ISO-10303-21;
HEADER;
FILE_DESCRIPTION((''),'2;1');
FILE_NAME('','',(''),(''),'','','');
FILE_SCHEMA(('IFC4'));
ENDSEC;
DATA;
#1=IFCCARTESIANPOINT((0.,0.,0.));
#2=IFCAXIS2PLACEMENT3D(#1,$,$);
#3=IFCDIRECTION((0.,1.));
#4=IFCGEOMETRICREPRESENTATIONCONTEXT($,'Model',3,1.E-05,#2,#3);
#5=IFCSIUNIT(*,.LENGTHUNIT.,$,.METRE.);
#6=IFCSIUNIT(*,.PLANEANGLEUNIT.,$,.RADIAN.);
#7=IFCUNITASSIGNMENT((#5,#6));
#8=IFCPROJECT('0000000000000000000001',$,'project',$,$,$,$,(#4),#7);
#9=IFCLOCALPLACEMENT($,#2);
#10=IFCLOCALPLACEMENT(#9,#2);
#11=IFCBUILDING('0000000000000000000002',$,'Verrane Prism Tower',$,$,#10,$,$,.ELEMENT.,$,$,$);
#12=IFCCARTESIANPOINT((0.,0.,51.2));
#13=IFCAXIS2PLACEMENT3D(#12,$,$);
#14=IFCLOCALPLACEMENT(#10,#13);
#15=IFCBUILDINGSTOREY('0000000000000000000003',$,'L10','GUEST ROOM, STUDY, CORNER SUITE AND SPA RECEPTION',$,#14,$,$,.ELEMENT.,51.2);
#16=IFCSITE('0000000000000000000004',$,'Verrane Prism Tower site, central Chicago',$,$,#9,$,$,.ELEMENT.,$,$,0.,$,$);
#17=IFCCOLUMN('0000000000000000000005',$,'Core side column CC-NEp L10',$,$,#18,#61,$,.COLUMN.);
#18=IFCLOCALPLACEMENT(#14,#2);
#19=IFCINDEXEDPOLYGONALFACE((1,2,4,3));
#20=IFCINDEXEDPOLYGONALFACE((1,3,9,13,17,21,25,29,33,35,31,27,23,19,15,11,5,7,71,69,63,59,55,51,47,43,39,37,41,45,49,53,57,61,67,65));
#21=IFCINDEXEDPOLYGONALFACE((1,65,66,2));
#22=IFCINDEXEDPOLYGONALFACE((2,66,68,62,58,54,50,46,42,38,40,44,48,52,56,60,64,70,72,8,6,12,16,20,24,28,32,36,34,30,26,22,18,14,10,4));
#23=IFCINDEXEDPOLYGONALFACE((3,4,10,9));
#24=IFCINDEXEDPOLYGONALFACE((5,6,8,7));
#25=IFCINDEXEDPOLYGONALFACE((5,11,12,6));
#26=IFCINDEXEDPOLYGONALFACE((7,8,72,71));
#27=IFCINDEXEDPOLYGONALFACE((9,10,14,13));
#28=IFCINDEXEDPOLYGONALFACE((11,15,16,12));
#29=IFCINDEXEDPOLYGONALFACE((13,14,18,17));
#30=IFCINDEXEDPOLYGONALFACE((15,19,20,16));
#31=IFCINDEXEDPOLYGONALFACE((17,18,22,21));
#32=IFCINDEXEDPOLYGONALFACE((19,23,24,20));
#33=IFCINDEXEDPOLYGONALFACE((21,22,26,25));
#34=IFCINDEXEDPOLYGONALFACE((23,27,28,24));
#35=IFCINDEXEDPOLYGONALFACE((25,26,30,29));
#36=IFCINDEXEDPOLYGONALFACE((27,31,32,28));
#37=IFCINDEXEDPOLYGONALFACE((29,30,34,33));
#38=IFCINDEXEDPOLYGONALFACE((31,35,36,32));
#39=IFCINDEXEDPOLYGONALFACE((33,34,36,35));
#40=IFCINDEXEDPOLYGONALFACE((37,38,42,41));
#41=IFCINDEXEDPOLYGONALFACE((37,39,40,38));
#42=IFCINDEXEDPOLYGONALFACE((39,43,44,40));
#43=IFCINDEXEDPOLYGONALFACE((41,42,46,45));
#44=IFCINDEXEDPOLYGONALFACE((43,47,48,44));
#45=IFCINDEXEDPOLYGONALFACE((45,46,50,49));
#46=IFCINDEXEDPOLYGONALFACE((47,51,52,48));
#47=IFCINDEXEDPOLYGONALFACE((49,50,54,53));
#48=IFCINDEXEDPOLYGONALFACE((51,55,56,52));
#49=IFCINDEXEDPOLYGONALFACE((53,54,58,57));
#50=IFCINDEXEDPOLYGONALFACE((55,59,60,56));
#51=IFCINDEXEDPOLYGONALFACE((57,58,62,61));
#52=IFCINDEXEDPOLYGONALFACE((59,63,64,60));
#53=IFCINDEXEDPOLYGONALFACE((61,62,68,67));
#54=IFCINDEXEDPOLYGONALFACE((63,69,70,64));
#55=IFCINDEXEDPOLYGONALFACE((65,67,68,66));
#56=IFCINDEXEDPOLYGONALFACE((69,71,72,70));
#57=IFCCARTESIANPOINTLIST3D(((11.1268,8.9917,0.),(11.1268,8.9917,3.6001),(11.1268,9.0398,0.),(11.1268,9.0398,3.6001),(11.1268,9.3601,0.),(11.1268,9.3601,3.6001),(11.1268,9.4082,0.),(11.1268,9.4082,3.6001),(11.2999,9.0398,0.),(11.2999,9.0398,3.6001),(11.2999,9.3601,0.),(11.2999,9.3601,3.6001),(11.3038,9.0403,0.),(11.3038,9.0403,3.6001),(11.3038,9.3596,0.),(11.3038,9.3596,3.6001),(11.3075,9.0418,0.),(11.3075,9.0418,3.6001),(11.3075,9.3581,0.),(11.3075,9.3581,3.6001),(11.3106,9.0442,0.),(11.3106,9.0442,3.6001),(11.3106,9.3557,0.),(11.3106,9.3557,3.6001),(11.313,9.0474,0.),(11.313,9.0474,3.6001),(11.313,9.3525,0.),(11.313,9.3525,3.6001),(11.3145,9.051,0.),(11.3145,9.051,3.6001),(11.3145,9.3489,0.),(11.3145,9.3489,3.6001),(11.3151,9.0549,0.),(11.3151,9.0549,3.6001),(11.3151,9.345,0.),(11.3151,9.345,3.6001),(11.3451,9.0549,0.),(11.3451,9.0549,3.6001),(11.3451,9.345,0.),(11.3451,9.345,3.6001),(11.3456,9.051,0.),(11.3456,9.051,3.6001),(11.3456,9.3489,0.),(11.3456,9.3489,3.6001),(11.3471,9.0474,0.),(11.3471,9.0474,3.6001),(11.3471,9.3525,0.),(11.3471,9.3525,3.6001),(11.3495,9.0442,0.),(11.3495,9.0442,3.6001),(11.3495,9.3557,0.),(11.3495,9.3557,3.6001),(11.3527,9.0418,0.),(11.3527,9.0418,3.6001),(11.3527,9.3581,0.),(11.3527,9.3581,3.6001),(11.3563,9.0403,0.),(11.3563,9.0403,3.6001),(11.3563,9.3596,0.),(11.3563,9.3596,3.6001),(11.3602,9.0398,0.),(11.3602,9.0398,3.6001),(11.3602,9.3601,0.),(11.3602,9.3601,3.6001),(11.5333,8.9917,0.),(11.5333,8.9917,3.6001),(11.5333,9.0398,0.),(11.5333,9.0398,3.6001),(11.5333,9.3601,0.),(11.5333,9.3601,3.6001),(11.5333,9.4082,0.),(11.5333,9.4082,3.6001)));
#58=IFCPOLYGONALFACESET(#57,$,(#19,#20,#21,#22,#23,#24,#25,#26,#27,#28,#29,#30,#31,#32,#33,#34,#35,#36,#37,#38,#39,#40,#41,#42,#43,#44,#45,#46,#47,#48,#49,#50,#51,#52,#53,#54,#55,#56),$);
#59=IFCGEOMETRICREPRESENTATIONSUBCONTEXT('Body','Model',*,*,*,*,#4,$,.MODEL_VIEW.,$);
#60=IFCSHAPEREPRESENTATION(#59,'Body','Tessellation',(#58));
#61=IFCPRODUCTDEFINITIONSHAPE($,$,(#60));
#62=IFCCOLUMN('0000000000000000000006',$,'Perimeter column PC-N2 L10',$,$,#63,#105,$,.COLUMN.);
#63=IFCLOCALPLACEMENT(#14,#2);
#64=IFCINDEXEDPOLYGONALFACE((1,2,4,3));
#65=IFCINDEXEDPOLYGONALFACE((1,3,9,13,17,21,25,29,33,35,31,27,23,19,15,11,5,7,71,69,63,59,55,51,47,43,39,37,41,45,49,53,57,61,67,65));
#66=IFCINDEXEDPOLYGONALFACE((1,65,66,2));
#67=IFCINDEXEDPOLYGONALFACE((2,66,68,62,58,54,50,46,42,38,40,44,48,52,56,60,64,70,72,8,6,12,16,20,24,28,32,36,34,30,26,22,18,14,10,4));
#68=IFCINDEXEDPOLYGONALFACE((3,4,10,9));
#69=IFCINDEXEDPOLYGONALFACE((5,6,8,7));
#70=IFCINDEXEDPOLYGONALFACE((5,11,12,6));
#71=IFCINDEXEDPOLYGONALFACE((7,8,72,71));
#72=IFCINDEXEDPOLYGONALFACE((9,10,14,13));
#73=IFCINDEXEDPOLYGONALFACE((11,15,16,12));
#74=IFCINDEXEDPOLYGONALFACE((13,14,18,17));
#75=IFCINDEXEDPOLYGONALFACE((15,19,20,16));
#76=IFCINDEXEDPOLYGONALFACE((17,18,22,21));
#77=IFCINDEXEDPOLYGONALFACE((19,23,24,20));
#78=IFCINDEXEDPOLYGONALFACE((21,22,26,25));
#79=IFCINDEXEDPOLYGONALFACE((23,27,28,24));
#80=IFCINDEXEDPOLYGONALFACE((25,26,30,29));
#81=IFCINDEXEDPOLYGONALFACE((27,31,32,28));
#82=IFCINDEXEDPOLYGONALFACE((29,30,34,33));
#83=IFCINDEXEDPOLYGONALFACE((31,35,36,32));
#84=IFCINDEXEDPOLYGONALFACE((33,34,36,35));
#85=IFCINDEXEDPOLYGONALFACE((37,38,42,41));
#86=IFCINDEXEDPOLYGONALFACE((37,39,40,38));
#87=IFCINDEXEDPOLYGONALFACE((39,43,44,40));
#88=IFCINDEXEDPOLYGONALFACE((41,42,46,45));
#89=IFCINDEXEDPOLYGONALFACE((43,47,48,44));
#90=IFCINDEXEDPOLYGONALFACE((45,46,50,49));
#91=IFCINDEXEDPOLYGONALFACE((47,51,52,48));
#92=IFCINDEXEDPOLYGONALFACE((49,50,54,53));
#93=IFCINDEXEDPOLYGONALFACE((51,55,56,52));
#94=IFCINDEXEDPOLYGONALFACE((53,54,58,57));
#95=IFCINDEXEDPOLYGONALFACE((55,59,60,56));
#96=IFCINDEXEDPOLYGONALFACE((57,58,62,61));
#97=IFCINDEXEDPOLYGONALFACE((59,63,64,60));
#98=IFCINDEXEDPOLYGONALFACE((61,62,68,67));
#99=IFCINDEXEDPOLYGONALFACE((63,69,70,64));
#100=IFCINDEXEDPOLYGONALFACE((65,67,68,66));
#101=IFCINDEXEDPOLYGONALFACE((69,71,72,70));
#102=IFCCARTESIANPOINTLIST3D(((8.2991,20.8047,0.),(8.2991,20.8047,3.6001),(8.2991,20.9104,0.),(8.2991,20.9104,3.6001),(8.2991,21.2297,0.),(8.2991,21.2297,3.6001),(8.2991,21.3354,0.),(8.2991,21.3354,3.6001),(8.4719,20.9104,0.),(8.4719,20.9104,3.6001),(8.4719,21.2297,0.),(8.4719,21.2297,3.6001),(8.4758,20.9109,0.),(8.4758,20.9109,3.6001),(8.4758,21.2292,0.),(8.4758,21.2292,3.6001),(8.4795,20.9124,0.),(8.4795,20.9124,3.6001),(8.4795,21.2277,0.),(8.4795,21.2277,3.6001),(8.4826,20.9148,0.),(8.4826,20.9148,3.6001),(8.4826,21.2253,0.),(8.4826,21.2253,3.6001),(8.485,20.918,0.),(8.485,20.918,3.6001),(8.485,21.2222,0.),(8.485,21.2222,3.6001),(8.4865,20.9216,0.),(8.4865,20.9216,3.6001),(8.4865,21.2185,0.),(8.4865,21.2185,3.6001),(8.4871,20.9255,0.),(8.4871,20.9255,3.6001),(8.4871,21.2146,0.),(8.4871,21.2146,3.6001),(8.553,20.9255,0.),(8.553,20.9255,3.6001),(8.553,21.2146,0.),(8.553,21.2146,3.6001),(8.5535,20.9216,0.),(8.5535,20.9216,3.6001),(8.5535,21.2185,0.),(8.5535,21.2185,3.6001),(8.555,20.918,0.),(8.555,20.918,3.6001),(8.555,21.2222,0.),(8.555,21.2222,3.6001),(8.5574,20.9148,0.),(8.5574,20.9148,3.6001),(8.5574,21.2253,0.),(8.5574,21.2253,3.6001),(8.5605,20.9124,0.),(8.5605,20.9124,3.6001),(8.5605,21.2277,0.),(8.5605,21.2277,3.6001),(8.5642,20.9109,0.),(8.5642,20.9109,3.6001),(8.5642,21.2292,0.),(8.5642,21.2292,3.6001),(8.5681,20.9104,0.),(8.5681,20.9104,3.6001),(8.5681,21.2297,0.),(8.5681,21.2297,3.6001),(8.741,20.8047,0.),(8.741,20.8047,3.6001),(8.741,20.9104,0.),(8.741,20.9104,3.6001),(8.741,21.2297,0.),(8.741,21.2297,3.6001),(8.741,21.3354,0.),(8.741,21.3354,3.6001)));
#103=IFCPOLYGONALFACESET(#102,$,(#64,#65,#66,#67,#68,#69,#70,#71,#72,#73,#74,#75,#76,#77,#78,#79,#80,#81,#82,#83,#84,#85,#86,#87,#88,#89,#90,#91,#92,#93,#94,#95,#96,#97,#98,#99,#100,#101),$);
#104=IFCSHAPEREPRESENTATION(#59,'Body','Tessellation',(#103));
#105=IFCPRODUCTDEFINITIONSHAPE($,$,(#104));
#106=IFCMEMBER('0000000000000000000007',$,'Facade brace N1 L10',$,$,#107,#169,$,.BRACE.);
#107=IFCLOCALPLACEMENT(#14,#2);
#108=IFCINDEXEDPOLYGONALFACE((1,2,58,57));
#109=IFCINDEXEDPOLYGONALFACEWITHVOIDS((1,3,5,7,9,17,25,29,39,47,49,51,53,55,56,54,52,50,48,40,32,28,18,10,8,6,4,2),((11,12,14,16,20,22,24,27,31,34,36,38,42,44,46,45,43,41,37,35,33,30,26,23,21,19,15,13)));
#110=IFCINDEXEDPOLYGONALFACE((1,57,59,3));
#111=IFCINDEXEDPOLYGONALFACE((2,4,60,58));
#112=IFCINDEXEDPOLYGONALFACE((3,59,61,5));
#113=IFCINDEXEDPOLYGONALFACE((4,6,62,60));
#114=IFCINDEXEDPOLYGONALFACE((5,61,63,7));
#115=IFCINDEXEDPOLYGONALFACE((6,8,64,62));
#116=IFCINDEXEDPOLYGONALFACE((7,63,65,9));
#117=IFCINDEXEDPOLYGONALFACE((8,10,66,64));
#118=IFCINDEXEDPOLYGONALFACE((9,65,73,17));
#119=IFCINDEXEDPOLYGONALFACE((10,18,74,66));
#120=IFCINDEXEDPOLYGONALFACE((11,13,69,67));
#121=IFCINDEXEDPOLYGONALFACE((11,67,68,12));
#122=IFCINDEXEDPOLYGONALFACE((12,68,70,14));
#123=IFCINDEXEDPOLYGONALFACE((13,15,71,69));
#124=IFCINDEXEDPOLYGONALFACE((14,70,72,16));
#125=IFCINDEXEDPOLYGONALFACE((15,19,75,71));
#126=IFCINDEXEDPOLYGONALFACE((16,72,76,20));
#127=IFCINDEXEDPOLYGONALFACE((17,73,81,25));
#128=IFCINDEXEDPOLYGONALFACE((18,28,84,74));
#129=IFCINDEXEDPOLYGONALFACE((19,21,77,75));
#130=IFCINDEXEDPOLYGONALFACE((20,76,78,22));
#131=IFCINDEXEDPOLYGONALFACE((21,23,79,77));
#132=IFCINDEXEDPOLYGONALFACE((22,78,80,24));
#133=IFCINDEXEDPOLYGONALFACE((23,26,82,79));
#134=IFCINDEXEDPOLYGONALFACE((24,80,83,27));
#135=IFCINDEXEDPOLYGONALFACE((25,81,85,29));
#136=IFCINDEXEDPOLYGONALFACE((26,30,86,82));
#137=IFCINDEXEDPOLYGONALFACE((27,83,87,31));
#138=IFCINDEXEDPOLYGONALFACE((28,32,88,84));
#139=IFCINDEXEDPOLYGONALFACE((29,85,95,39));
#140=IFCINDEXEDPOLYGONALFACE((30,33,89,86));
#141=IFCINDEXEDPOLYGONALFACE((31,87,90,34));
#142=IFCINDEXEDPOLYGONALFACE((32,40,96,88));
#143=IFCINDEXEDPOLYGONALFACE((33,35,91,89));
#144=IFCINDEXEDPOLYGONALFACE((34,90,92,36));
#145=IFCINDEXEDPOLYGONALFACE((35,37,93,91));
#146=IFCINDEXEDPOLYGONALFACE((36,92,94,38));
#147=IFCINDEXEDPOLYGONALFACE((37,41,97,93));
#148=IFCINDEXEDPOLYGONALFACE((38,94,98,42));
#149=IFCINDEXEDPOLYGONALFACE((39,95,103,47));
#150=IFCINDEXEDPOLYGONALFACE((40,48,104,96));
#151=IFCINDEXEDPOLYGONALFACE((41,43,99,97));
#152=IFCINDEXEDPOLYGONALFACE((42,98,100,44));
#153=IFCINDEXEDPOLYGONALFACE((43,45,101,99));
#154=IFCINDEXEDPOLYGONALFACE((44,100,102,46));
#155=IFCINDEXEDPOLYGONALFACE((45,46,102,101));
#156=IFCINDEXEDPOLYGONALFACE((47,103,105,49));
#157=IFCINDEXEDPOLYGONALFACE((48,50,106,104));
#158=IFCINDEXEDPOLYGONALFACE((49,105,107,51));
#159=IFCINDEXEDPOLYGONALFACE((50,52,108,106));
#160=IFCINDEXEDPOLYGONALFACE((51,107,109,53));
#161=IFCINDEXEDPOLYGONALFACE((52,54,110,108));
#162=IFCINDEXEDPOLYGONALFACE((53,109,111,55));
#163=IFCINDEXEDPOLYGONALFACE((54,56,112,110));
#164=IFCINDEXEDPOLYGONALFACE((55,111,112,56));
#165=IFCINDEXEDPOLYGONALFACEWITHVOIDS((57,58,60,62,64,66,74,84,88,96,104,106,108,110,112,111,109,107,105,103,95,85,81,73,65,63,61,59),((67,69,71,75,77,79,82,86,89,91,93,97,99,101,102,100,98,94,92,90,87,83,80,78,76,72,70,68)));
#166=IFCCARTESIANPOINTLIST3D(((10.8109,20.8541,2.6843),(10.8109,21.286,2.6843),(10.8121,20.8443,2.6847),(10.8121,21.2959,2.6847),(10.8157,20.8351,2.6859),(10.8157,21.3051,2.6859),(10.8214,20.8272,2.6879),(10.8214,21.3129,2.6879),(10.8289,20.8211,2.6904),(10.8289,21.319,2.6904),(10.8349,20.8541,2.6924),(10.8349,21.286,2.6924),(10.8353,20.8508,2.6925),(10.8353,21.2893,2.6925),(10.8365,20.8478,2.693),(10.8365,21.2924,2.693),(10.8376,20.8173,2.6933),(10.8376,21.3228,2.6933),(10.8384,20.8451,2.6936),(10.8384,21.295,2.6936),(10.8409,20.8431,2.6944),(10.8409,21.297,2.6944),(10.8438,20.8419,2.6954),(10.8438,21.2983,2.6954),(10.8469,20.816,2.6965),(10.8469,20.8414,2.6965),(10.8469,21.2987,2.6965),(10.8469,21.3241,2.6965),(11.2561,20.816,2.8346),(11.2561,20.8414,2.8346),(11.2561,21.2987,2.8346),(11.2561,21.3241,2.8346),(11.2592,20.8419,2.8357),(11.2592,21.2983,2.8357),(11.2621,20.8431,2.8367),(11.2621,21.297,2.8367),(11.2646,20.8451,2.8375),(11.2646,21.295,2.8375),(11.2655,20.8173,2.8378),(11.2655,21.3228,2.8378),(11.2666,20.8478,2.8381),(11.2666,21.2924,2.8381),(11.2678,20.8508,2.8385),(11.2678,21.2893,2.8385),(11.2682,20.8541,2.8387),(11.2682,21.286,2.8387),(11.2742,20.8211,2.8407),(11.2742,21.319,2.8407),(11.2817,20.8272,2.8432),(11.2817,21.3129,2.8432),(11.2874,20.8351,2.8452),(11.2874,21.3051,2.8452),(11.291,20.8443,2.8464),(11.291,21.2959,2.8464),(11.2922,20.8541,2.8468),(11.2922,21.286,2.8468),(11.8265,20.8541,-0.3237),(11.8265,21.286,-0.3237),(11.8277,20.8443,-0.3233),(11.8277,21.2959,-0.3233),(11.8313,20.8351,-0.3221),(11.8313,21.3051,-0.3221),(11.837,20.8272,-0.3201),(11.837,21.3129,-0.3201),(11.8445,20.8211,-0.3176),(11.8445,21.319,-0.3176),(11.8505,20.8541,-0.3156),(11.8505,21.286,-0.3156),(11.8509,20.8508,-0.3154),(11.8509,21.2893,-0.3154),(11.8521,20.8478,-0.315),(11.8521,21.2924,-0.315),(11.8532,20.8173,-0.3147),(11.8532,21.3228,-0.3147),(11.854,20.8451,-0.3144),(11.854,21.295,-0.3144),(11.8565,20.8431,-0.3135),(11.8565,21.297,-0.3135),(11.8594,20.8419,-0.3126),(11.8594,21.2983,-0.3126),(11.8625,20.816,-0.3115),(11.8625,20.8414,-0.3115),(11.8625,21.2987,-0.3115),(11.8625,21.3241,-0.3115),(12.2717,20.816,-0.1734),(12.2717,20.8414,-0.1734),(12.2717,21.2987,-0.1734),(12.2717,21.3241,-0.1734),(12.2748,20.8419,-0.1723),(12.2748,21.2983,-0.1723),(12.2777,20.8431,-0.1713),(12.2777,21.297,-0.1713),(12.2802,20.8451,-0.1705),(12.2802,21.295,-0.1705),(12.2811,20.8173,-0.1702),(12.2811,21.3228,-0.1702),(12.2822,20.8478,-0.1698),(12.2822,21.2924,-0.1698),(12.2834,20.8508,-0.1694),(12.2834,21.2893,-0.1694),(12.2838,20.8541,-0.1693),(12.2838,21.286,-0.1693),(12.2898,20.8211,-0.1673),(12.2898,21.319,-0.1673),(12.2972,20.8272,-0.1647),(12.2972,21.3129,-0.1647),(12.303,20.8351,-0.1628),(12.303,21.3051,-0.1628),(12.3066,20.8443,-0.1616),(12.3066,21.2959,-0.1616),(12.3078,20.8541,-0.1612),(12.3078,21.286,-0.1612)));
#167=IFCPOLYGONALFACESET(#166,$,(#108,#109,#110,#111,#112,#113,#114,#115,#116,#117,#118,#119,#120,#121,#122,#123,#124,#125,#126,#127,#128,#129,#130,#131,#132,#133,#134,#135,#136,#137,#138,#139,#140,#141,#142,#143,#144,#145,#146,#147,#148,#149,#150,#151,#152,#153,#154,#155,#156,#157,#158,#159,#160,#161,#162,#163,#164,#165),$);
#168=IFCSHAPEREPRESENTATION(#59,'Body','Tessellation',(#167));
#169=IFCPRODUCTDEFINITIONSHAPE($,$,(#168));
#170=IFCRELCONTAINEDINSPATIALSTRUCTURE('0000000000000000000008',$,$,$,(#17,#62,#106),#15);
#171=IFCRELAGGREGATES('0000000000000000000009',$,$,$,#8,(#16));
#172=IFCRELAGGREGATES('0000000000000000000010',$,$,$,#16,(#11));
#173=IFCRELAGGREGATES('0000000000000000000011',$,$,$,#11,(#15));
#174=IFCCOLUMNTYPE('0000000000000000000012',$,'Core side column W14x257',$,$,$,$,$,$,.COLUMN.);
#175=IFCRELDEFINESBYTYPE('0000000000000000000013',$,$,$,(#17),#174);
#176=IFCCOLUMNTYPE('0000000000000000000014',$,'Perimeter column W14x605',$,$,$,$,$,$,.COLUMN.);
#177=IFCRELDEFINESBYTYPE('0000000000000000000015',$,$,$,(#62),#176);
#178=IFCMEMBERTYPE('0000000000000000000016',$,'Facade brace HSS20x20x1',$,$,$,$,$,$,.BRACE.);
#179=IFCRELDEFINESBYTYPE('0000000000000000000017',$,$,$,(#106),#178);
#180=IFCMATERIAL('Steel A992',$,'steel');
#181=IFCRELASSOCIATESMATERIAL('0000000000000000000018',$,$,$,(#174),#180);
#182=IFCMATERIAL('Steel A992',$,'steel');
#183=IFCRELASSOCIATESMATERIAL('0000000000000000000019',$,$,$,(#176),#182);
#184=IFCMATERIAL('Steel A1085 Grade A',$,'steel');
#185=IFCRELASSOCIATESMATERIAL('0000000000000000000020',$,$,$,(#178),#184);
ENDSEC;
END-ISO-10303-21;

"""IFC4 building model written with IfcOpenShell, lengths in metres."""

from ifc_helpers import new_model, si_unit, direction, frame, origin, origin_2d, place, context, subcontext, project, spatial, hollow_rectangle, i_section, extrude, material, material_profile, profile_set, type_object, element, save


model = new_model("IFC4")

# Units and contexts
model_context = context("Model", 3, precision=1e-05, world=origin(), true_north=direction((0.0, 1.0)))
body_context = subcontext(model_context, "Body", "Model", "MODEL_VIEW")
ifc_project = project(units=[si_unit("LENGTHUNIT", "METRE"), si_unit("PLANEANGLEUNIT", "RADIAN")], contexts=[model_context])

# Site, building, storey
site_placement = place(None, origin())
site = spatial("IfcSite", under=ifc_project, at=site_placement, Name="Verrane Prism Tower site, central Chicago", CompositionType="ELEMENT", RefElevation=0.0)
building_placement = place(site_placement, origin())
building = spatial("IfcBuilding", under=site, at=building_placement, Name="Verrane Prism Tower", CompositionType="ELEMENT")
storey_placement = place(building_placement, frame((0.0, 0.0, 51.2)))
storey = spatial("IfcBuildingStorey", under=building, at=storey_placement, Name="L10", Description="GUEST ROOM, STUDY, CORNER SUITE AND SPA RECEPTION", CompositionType="ELEMENT", Elevation=51.2)

# Columns
ifc_material_1 = material(Name="Steel A992", Category="steel")
ifc_material_profile_1 = material_profile(ifc_material_1, i_section(OverallWidth=0.4065, OverallDepth=0.4165, WebThickness=0.03, FlangeThickness=0.0481, FilletRadius=0.0151, at=origin_2d()), Name="W14x257")
ifc_profile_set_1 = profile_set([ifc_material_profile_1], Name="Steel A992")
column_type_1 = type_object("IfcColumnType", Name="Core side column W14x257", PredefinedType="COLUMN", material=ifc_profile_set_1)
column_1_placement = place(storey_placement, frame((11.3301, 9.2, 0.0), z_axis=(0.0, 0.0, 1.0), x_axis=(1.0, 0.0, 0.0)))
element("IfcColumn", 1, at=column_1_placement, inside=storey, type_object=column_type_1, Name="Core side column CC-NEp L10", PredefinedType="COLUMN", context=body_context, shape_type="SweptSolid", body=[
    extrude(i_section(OverallWidth=0.4065, OverallDepth=0.4165, WebThickness=0.03, FlangeThickness=0.0481, FilletRadius=0.0151, at=origin_2d()), origin(), (0.0, 0.0, 1.0), 3.6001),
])
ifc_material_2 = material(Name="Steel A992", Category="steel")
ifc_material_profile_2 = material_profile(ifc_material_2, i_section(OverallWidth=0.4419, OverallDepth=0.5308, WebThickness=0.0659, FlangeThickness=0.1057, FilletRadius=0.0151, at=origin_2d()), Name="W14x605")
ifc_profile_set_2 = profile_set([ifc_material_profile_2], Name="Steel A992")
column_type_2 = type_object("IfcColumnType", Name="Perimeter column W14x605", PredefinedType="COLUMN", material=ifc_profile_set_2)
column_2_placement = place(storey_placement, frame((8.52, 21.0701, 0.0), z_axis=(0.0, 0.0, 1.0), x_axis=(1.0, 0.0, 0.0)))
element("IfcColumn", 2, at=column_2_placement, inside=storey, type_object=column_type_2, Name="Perimeter column PC-N2 L10", PredefinedType="COLUMN", context=body_context, shape_type="SweptSolid", body=[
    extrude(i_section(OverallWidth=0.4419, OverallDepth=0.5308, WebThickness=0.0659, FlangeThickness=0.1057, FilletRadius=0.0151, at=origin_2d()), origin(), (0.0, 0.0, 1.0), 3.6001),
])

# Member
ifc_material_3 = material(Name="Steel A1085 Grade A", Category="steel")
ifc_material_profile_3 = material_profile(ifc_material_3, hollow_rectangle(XDim=0.5081, YDim=0.5081, WallThickness=0.0254, InnerFilletRadius=0.0127, OuterFilletRadius=0.0381, at=origin_2d()), Name="HSS20x20x1")
ifc_profile_set_3 = profile_set([ifc_material_profile_3], Name="Steel A1085 Grade A")
member_type_1 = type_object("IfcMemberType", Name="Facade brace HSS20x20x1", PredefinedType="BRACE", material=ifc_profile_set_3)
member_1_placement = place(storey_placement, frame((12.0671, 21.0701, -0.2424), z_axis=(-0.319893, 0.0, 0.947454), x_axis=(0.0, -1.0, 0.0)))
element("IfcMember", 3, at=member_1_placement, inside=storey, type_object=member_type_1, Name="Facade brace N1 L10", PredefinedType="BRACE", context=body_context, shape_type="SweptSolid", body=[
    extrude(hollow_rectangle(XDim=0.5081, YDim=0.5081, WallThickness=0.0254, InnerFilletRadius=0.0127, OuterFilletRadius=0.0381, at=origin_2d()), origin(), (0.0, 0.0, 1.0), 3.1748),
])

save(model, "model.ifc")
